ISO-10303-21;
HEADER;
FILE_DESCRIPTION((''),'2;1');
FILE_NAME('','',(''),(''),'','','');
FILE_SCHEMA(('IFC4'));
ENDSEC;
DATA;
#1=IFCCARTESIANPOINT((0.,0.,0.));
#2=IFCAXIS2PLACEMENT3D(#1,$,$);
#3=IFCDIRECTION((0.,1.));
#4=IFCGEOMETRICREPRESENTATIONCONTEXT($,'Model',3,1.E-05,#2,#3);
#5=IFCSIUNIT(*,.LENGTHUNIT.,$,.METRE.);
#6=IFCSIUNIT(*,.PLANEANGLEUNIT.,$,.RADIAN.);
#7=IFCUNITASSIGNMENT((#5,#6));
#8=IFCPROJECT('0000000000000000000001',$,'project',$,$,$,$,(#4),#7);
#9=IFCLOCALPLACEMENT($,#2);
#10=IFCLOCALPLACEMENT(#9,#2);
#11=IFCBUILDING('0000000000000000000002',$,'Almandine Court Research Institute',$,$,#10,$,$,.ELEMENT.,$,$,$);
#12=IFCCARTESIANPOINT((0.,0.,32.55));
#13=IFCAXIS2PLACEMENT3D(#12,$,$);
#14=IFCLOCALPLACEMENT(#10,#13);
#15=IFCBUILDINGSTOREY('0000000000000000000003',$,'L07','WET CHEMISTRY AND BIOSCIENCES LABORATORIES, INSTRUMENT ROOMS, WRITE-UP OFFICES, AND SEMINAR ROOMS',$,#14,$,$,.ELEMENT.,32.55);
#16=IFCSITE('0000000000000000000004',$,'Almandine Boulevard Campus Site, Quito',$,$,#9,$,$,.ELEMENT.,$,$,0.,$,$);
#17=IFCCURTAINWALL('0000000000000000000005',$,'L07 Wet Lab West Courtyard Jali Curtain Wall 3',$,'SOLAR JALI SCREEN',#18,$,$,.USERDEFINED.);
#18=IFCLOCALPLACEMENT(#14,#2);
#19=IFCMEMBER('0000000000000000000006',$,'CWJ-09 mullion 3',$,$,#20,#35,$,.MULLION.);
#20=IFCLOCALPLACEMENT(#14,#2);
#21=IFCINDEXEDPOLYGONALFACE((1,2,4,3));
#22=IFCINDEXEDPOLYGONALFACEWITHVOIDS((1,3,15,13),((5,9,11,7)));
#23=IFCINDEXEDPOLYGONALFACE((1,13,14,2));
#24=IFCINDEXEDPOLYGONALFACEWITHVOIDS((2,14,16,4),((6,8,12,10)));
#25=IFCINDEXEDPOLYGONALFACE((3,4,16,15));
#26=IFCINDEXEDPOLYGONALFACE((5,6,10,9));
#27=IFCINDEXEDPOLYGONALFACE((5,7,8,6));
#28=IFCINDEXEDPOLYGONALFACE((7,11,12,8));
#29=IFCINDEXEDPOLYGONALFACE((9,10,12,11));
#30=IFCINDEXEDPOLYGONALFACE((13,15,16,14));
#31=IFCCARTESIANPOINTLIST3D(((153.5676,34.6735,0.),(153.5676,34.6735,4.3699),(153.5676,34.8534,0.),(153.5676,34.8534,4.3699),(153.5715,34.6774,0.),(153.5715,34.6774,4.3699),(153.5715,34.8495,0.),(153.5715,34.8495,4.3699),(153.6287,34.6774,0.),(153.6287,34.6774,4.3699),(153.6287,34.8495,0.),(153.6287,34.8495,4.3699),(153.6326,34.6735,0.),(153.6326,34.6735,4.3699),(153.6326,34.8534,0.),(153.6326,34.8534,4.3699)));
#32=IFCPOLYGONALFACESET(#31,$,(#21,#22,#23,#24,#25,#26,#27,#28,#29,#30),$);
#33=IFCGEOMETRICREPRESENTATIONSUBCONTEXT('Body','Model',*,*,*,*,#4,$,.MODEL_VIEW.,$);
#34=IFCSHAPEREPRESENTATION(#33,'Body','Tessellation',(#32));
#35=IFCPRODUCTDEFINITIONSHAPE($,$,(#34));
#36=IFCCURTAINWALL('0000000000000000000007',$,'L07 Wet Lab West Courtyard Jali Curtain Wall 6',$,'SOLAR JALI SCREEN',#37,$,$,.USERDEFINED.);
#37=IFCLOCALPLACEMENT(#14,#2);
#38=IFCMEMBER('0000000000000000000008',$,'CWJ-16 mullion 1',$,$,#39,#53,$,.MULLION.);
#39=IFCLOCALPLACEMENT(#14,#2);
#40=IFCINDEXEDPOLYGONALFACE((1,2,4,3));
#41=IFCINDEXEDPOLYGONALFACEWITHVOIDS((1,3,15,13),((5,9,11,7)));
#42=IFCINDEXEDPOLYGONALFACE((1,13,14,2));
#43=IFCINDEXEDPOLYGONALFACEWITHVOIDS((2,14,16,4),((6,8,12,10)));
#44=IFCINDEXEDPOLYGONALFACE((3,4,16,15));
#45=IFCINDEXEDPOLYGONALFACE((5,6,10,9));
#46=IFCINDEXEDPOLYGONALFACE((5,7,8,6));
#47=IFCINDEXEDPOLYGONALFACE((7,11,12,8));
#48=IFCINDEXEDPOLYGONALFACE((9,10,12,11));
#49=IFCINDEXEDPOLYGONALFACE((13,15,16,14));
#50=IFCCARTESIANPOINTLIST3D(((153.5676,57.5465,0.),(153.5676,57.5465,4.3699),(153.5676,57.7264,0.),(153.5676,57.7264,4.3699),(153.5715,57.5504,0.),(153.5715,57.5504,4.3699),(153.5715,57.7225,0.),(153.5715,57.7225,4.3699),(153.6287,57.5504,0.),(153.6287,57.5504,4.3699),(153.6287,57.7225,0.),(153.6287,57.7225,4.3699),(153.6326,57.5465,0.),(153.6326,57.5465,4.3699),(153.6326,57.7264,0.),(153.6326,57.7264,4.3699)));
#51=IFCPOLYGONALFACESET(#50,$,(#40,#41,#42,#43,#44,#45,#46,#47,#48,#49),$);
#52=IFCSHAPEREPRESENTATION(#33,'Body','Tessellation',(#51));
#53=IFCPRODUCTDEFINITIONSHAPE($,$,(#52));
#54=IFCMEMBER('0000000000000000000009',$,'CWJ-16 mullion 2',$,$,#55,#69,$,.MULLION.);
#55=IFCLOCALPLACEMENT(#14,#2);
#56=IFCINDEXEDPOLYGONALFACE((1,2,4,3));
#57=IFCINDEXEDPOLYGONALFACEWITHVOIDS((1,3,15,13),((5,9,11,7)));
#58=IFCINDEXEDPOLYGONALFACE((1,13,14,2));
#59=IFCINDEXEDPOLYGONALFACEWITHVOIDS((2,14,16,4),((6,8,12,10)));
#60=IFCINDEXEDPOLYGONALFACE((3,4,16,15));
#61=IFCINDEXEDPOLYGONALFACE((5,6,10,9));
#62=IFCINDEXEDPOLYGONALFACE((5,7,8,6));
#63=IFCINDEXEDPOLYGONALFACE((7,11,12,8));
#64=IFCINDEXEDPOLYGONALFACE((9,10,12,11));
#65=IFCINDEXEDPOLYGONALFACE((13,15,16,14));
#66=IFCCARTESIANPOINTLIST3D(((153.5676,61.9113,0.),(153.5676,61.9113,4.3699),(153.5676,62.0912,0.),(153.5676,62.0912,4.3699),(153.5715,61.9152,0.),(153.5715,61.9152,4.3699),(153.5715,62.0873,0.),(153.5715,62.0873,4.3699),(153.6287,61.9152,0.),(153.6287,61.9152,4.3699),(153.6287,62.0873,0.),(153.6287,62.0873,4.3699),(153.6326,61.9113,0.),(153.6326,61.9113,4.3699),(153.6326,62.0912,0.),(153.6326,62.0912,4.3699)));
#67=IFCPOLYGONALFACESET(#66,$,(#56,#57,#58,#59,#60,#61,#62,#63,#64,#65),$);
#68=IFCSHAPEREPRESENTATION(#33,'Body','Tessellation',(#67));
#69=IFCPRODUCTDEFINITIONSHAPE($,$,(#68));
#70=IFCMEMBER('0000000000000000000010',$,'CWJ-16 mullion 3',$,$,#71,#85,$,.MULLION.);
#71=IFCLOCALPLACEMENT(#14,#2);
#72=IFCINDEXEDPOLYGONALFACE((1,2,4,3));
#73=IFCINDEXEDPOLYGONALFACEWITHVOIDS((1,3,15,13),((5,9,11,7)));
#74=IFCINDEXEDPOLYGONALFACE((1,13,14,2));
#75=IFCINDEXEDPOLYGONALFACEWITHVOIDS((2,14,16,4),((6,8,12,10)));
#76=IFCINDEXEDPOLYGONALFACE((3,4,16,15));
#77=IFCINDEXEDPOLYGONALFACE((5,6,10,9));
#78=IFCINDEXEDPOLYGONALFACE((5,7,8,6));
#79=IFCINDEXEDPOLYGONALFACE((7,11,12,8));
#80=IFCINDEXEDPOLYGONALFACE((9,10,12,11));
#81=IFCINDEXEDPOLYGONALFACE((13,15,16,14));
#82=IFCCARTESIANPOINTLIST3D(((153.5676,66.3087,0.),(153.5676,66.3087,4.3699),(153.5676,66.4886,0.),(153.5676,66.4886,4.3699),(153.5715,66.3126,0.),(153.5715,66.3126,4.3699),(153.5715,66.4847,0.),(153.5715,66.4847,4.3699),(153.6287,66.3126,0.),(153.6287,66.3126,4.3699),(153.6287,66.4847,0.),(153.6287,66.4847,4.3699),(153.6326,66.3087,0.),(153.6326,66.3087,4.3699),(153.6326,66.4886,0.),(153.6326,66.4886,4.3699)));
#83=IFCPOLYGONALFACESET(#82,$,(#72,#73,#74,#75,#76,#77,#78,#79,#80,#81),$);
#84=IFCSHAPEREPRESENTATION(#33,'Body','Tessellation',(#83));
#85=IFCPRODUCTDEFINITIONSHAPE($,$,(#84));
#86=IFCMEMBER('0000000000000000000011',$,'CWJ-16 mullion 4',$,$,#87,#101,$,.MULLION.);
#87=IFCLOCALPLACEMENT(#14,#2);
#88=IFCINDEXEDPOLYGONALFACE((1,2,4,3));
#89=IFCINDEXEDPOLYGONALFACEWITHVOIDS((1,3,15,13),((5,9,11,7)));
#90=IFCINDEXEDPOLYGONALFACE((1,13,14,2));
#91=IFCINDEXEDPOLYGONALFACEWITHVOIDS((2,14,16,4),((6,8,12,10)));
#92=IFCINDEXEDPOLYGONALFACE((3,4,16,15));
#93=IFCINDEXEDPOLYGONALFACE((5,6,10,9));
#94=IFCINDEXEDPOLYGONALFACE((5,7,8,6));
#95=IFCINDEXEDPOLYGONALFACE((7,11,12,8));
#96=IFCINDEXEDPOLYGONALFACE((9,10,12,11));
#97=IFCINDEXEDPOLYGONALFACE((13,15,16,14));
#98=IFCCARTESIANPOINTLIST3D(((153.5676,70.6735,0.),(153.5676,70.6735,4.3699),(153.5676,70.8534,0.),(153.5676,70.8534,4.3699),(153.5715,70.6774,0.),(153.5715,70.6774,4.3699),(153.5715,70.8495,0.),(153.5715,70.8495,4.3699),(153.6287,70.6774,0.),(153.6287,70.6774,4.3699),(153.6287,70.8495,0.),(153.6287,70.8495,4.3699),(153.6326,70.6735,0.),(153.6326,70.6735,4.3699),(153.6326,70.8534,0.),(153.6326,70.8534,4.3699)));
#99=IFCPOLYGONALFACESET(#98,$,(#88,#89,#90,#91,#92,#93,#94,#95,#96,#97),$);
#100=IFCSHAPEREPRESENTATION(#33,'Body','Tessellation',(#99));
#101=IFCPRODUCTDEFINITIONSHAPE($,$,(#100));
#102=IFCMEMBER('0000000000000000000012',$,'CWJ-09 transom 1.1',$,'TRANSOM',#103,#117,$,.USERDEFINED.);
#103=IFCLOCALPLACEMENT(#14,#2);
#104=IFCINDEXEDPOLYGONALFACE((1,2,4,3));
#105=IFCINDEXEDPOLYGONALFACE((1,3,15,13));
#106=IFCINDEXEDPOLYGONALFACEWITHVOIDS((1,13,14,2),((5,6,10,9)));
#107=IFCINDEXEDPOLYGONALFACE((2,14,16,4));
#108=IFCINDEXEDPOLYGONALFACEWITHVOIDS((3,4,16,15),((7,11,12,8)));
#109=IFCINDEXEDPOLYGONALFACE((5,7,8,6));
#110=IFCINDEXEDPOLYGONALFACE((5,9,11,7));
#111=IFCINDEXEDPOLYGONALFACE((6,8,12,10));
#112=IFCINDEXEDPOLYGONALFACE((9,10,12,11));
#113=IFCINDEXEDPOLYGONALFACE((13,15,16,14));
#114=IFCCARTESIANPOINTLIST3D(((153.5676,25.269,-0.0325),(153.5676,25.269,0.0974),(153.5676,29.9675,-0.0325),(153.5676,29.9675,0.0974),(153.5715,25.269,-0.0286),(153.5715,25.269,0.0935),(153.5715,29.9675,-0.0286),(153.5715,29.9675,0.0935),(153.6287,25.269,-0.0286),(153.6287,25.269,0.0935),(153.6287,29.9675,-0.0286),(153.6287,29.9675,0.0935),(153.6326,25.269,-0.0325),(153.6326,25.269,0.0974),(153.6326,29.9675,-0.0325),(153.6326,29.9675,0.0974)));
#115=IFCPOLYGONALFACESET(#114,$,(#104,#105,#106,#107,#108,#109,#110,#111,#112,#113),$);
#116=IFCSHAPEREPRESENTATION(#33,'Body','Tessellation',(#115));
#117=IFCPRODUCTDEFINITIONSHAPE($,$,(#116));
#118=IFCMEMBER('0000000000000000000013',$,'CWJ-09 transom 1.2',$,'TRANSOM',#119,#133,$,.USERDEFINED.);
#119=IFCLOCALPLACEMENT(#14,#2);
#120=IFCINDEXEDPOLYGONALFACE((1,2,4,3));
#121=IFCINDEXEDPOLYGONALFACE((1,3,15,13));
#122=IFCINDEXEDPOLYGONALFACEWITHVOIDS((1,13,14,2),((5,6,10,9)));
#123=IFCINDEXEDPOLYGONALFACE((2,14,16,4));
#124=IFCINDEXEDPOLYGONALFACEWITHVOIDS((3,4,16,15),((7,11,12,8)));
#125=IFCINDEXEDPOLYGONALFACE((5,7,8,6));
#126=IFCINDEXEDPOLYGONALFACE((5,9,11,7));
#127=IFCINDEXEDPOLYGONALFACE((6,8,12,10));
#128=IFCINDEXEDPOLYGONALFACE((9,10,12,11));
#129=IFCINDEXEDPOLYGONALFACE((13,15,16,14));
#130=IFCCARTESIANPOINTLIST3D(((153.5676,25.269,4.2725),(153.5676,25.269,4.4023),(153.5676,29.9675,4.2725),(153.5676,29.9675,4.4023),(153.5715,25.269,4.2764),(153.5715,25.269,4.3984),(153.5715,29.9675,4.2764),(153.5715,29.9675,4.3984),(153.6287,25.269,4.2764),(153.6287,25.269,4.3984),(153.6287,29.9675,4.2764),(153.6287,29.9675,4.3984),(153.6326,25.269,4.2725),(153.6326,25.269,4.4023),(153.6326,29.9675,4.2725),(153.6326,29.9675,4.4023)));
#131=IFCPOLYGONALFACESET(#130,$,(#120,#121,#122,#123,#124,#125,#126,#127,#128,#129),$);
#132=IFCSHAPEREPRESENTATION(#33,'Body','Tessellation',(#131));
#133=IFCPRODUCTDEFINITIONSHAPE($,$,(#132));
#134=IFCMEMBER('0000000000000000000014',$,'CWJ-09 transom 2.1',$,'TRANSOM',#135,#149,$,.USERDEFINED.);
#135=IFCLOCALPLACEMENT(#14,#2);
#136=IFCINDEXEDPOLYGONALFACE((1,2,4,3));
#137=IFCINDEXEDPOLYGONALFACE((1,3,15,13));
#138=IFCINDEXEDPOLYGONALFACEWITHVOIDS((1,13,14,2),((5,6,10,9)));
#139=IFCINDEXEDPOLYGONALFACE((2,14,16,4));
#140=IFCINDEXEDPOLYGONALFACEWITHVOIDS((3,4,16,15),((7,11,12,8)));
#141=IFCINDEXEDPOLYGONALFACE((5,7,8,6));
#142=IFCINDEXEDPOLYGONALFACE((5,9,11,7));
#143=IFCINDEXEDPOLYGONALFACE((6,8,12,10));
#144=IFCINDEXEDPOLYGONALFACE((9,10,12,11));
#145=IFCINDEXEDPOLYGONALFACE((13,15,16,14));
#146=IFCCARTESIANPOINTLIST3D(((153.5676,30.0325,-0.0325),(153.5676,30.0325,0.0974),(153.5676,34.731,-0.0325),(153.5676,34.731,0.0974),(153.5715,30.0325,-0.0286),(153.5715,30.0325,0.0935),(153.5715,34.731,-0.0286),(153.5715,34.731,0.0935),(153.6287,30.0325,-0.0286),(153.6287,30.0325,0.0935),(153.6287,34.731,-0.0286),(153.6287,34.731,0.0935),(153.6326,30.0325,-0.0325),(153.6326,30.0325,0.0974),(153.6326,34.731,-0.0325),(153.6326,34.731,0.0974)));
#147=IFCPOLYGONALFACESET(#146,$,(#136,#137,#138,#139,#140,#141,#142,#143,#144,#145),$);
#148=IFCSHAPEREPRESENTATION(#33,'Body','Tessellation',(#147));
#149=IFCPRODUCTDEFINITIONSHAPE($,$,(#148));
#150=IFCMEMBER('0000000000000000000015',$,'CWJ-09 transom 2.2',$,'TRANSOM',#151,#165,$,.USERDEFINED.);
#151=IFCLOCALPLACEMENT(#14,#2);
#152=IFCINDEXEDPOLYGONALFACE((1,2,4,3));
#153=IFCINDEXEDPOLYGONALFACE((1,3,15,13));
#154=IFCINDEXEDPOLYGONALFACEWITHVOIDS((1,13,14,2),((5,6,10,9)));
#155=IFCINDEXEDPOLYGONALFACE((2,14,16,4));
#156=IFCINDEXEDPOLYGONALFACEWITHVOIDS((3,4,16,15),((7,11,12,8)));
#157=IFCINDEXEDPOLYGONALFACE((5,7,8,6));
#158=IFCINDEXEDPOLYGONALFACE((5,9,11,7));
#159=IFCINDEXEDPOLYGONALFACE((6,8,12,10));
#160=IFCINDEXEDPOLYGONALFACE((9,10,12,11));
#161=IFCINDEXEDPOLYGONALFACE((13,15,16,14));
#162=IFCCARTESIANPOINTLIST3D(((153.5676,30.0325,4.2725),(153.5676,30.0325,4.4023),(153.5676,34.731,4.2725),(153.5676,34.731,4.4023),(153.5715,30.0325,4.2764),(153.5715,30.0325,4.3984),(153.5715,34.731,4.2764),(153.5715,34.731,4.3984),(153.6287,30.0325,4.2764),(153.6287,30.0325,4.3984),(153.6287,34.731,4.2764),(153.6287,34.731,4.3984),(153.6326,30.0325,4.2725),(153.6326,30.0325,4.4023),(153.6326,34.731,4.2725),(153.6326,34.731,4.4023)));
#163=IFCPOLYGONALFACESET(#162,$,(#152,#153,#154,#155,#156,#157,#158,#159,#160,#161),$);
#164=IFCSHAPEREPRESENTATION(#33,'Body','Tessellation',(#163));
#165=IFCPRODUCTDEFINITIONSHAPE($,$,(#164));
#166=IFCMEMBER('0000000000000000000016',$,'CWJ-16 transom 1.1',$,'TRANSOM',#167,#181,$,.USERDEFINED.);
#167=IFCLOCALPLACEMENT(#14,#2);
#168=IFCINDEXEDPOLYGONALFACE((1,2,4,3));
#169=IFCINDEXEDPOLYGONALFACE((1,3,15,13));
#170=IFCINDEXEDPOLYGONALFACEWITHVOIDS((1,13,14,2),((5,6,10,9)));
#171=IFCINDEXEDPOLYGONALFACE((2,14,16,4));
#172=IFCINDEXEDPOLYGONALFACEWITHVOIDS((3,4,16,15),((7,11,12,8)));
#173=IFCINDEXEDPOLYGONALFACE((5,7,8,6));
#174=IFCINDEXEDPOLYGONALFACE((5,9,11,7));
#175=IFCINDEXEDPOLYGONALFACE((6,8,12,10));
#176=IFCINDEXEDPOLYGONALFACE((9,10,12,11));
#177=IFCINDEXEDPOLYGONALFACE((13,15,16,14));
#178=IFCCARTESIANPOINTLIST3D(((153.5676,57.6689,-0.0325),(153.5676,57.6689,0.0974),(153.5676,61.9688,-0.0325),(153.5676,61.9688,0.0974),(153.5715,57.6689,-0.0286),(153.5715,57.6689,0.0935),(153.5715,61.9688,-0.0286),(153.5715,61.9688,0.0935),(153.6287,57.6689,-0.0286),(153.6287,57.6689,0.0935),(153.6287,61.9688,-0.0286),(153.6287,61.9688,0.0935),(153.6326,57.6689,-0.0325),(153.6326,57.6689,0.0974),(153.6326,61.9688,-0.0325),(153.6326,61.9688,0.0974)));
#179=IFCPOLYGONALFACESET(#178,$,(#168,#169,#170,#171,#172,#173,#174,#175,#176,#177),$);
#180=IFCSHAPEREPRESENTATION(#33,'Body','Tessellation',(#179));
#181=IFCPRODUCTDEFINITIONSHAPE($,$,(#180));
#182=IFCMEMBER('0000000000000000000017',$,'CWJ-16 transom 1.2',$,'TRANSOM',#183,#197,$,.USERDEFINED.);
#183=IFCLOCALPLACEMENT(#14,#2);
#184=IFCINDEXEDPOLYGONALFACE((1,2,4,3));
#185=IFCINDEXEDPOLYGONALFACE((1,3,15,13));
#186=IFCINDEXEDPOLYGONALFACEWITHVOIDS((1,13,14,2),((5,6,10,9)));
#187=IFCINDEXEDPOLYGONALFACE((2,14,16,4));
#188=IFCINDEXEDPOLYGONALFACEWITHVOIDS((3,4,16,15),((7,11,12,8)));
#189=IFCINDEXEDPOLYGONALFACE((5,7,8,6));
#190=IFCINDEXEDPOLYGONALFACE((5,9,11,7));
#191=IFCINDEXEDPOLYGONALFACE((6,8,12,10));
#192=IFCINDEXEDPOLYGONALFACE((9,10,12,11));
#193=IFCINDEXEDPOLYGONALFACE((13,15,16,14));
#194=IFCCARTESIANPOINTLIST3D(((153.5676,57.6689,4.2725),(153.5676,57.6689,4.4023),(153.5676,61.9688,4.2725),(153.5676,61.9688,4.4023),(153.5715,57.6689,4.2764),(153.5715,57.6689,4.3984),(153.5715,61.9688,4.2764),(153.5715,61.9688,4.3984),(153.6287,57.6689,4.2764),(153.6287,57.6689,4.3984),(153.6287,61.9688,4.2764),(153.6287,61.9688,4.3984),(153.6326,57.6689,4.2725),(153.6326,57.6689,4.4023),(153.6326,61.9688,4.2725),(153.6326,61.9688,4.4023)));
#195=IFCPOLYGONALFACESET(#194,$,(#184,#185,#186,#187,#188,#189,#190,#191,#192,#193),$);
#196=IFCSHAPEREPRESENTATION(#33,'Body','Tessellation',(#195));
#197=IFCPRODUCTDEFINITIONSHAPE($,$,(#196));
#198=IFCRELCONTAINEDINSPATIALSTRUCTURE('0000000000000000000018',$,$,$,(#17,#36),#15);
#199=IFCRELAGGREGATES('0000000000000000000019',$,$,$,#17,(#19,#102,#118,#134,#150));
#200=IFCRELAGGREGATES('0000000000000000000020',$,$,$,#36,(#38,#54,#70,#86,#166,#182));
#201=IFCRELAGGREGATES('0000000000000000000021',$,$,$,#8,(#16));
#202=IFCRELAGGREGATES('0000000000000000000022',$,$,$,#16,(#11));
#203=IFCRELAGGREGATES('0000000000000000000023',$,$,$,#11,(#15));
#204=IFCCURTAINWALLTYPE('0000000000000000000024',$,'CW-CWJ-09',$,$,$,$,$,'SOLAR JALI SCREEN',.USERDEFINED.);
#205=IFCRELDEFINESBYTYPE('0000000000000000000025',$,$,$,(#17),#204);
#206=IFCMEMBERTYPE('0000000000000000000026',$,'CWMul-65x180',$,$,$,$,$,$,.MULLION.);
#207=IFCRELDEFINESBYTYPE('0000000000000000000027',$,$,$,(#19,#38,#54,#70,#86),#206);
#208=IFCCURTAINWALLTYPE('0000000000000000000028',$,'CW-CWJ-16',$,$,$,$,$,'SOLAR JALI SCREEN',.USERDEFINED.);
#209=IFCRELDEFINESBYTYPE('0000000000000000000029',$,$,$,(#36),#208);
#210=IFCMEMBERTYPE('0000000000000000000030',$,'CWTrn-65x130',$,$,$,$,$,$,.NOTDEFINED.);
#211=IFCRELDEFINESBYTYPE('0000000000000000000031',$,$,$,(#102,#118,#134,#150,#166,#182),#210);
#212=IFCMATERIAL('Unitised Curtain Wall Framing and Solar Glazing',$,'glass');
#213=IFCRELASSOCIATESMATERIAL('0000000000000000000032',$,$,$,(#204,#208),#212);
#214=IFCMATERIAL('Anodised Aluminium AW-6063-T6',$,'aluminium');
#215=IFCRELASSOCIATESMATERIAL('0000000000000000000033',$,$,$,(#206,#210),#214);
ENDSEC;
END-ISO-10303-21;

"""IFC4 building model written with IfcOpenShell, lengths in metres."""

from ifc_helpers import new_model, si_unit, direction, frame, origin, origin_2d, place, context, subcontext, project, spatial, hollow_rectangle, extrude, material, material_profile, profile_set, type_object, element, aggregate, save


model = new_model("IFC4")

# Units and contexts
model_context = context("Model", 3, precision=1e-05, world=origin(), true_north=direction((0.0, 1.0)))
body_context = subcontext(model_context, "Body", "Model", "MODEL_VIEW")
ifc_project = project(units=[si_unit("LENGTHUNIT", "METRE"), si_unit("PLANEANGLEUNIT", "RADIAN")], contexts=[model_context])

# Site, building, storey
site_placement = place(None, origin())
site = spatial("IfcSite", under=ifc_project, at=site_placement, Name="Almandine Boulevard Campus Site, Quito", CompositionType="ELEMENT", RefElevation=0.0)
building_placement = place(site_placement, origin())
building = spatial("IfcBuilding", under=site, at=building_placement, Name="Almandine Court Research Institute", CompositionType="ELEMENT")
storey_placement = place(building_placement, frame((0.0, 0.0, 32.55)))
storey = spatial("IfcBuildingStorey", under=building, at=storey_placement, Name="L07", Description="WET CHEMISTRY AND BIOSCIENCES LABORATORIES, INSTRUMENT ROOMS, WRITE-UP OFFICES, AND SEMINAR ROOMS", CompositionType="ELEMENT", Elevation=32.55)

# Curtain walls, members
ifc_material_1 = material(Name="Unitised Curtain Wall Framing and Solar Glazing", Category="glass")
curtain_wall_type_1 = type_object("IfcCurtainWallType", Name="CW-CWJ-09", ElementType="SOLAR JALI SCREEN", PredefinedType="USERDEFINED", material=ifc_material_1)
curtain_wall_1_placement = place(storey_placement, origin())
curtain_wall_1 = element("IfcCurtainWall", 1, at=curtain_wall_1_placement, inside=storey, type_object=curtain_wall_type_1, Name="L07 Wet Lab West Courtyard Jali Curtain Wall 3", ObjectType="SOLAR JALI SCREEN", PredefinedType="USERDEFINED")
ifc_material_2 = material(Name="Anodised Aluminium AW-6063-T6", Category="aluminium")
ifc_material_profile_1 = material_profile(ifc_material_2, hollow_rectangle(XDim=0.0649, YDim=0.1799, WallThickness=0.0039, at=origin_2d()), Name="ALU RHS 65x180x4")
ifc_profile_set_1 = profile_set([ifc_material_profile_1], Name="Anodised Aluminium AW-6063-T6")
member_type_1 = type_object("IfcMemberType", Name="CWMul-65x180", PredefinedType="MULLION", material=ifc_profile_set_1)
member_1_placement = place(storey_placement, frame((153.6001, 34.7634, 0.0), z_axis=(0.0, 0.0, 1.0), x_axis=(-1.0, 0.0, 0.0)))
member_1 = element("IfcMember", 2, at=member_1_placement, type_object=member_type_1, Name="CWJ-09 mullion 3", PredefinedType="MULLION", context=body_context, shape_type="SweptSolid", body=[
    extrude(hollow_rectangle(XDim=0.0649, YDim=0.1799, WallThickness=0.0039, at=origin_2d()), origin(), (0.0, 0.0, 1.0), 4.3699),
])
curtain_wall_type_2 = type_object("IfcCurtainWallType", Name="CW-CWJ-16", ElementType="SOLAR JALI SCREEN", PredefinedType="USERDEFINED", material=ifc_material_1)
curtain_wall_2_placement = place(storey_placement, origin())
curtain_wall_2 = element("IfcCurtainWall", 3, at=curtain_wall_2_placement, inside=storey, type_object=curtain_wall_type_2, Name="L07 Wet Lab West Courtyard Jali Curtain Wall 6", ObjectType="SOLAR JALI SCREEN", PredefinedType="USERDEFINED")
member_2_placement = place(storey_placement, frame((153.6001, 57.6365, 0.0), z_axis=(0.0, 0.0, 1.0), x_axis=(-1.0, 0.0, 0.0)))
member_2 = element("IfcMember", 4, at=member_2_placement, type_object=member_type_1, Name="CWJ-16 mullion 1", PredefinedType="MULLION", context=body_context, shape_type="SweptSolid", body=[
    extrude(hollow_rectangle(XDim=0.0649, YDim=0.1799, WallThickness=0.0039, at=origin_2d()), origin(), (0.0, 0.0, 1.0), 4.3699),
])
member_3_placement = place(storey_placement, frame((153.6001, 62.0012, 0.0), z_axis=(0.0, 0.0, 1.0), x_axis=(-1.0, 0.0, 0.0)))
member_3 = element("IfcMember", 5, at=member_3_placement, type_object=member_type_1, Name="CWJ-16 mullion 2", PredefinedType="MULLION", context=body_context, shape_type="SweptSolid", body=[
    extrude(hollow_rectangle(XDim=0.0649, YDim=0.1799, WallThickness=0.0039, at=origin_2d()), origin(), (0.0, 0.0, 1.0), 4.3699),
])
member_4_placement = place(storey_placement, frame((153.6001, 66.3987, 0.0), z_axis=(0.0, 0.0, 1.0), x_axis=(-1.0, 0.0, 0.0)))
member_4 = element("IfcMember", 6, at=member_4_placement, type_object=member_type_1, Name="CWJ-16 mullion 3", PredefinedType="MULLION", context=body_context, shape_type="SweptSolid", body=[
    extrude(hollow_rectangle(XDim=0.0649, YDim=0.1799, WallThickness=0.0039, at=origin_2d()), origin(), (0.0, 0.0, 1.0), 4.3699),
])
member_5_placement = place(storey_placement, frame((153.6001, 70.7634, 0.0), z_axis=(0.0, 0.0, 1.0), x_axis=(-1.0, 0.0, 0.0)))
member_5 = element("IfcMember", 7, at=member_5_placement, type_object=member_type_1, Name="CWJ-16 mullion 4", PredefinedType="MULLION", context=body_context, shape_type="SweptSolid", body=[
    extrude(hollow_rectangle(XDim=0.0649, YDim=0.1799, WallThickness=0.0039, at=origin_2d()), origin(), (0.0, 0.0, 1.0), 4.3699),
])

# Members
ifc_material_profile_2 = material_profile(ifc_material_2, hollow_rectangle(XDim=0.0649, YDim=0.1299, WallThickness=0.0039, at=origin_2d()), Name="ALU RHS 65x130x4")
ifc_profile_set_2 = profile_set([ifc_material_profile_2], Name="Anodised Aluminium AW-6063-T6")
member_type_2 = type_object("IfcMemberType", Name="CWTrn-65x130", PredefinedType="NOTDEFINED", material=ifc_profile_set_2)
member_6_placement = place(storey_placement, frame((153.6001, 25.269, 0.0325), z_axis=(0.0, 1.0, 0.0), x_axis=(-1.0, 0.0, 0.0)))
member_6 = element("IfcMember", 8, at=member_6_placement, type_object=member_type_2, Name="CWJ-09 transom 1.1", ObjectType="TRANSOM", PredefinedType="USERDEFINED", context=body_context, shape_type="SweptSolid", body=[
    extrude(hollow_rectangle(XDim=0.0649, YDim=0.1299, WallThickness=0.0039, at=origin_2d()), origin(), (0.0, 0.0, 1.0), 4.6985),
])
member_7_placement = place(storey_placement, frame((153.6001, 25.269, 4.3374), z_axis=(0.0, 1.0, 0.0), x_axis=(-1.0, 0.0, 0.0)))
member_7 = element("IfcMember", 9, at=member_7_placement, type_object=member_type_2, Name="CWJ-09 transom 1.2", ObjectType="TRANSOM", PredefinedType="USERDEFINED", context=body_context, shape_type="SweptSolid", body=[
    extrude(hollow_rectangle(XDim=0.0649, YDim=0.1299, WallThickness=0.0039, at=origin_2d()), origin(), (0.0, 0.0, 1.0), 4.6985),
])
member_8_placement = place(storey_placement, frame((153.6001, 30.0325, 0.0325), z_axis=(0.0, 1.0, 0.0), x_axis=(-1.0, 0.0, 0.0)))
member_8 = element("IfcMember", 10, at=member_8_placement, type_object=member_type_2, Name="CWJ-09 transom 2.1", ObjectType="TRANSOM", PredefinedType="USERDEFINED", context=body_context, shape_type="SweptSolid", body=[
    extrude(hollow_rectangle(XDim=0.0649, YDim=0.1299, WallThickness=0.0039, at=origin_2d()), origin(), (0.0, 0.0, 1.0), 4.6985),
])
member_9_placement = place(storey_placement, frame((153.6001, 30.0325, 4.3374), z_axis=(0.0, 1.0, 0.0), x_axis=(-1.0, 0.0, 0.0)))
member_9 = element("IfcMember", 11, at=member_9_placement, type_object=member_type_2, Name="CWJ-09 transom 2.2", ObjectType="TRANSOM", PredefinedType="USERDEFINED", context=body_context, shape_type="SweptSolid", body=[
    extrude(hollow_rectangle(XDim=0.0649, YDim=0.1299, WallThickness=0.0039, at=origin_2d()), origin(), (0.0, 0.0, 1.0), 4.6985),
])
member_10_placement = place(storey_placement, frame((153.6001, 57.6689, 0.0325), z_axis=(0.0, 1.0, 0.0), x_axis=(-1.0, 0.0, 0.0)))
member_10 = element("IfcMember", 12, at=member_10_placement, type_object=member_type_2, Name="CWJ-16 transom 1.1", ObjectType="TRANSOM", PredefinedType="USERDEFINED", context=body_context, shape_type="SweptSolid", body=[
    extrude(hollow_rectangle(XDim=0.0649, YDim=0.1299, WallThickness=0.0039, at=origin_2d()), origin(), (0.0, 0.0, 1.0), 4.2998),
])
member_11_placement = place(storey_placement, frame((153.6001, 57.6689, 4.3374), z_axis=(0.0, 1.0, 0.0), x_axis=(-1.0, 0.0, 0.0)))
member_11 = element("IfcMember", 13, at=member_11_placement, type_object=member_type_2, Name="CWJ-16 transom 1.2", ObjectType="TRANSOM", PredefinedType="USERDEFINED", context=body_context, shape_type="SweptSolid", body=[
    extrude(hollow_rectangle(XDim=0.0649, YDim=0.1299, WallThickness=0.0039, at=origin_2d()), origin(), (0.0, 0.0, 1.0), 4.2998),
])

aggregate(curtain_wall_1, [member_1, member_6, member_7, member_8, member_9])
aggregate(curtain_wall_2, [member_2, member_3, member_4, member_5, member_10, member_11])

save(model, "model.ifc")
